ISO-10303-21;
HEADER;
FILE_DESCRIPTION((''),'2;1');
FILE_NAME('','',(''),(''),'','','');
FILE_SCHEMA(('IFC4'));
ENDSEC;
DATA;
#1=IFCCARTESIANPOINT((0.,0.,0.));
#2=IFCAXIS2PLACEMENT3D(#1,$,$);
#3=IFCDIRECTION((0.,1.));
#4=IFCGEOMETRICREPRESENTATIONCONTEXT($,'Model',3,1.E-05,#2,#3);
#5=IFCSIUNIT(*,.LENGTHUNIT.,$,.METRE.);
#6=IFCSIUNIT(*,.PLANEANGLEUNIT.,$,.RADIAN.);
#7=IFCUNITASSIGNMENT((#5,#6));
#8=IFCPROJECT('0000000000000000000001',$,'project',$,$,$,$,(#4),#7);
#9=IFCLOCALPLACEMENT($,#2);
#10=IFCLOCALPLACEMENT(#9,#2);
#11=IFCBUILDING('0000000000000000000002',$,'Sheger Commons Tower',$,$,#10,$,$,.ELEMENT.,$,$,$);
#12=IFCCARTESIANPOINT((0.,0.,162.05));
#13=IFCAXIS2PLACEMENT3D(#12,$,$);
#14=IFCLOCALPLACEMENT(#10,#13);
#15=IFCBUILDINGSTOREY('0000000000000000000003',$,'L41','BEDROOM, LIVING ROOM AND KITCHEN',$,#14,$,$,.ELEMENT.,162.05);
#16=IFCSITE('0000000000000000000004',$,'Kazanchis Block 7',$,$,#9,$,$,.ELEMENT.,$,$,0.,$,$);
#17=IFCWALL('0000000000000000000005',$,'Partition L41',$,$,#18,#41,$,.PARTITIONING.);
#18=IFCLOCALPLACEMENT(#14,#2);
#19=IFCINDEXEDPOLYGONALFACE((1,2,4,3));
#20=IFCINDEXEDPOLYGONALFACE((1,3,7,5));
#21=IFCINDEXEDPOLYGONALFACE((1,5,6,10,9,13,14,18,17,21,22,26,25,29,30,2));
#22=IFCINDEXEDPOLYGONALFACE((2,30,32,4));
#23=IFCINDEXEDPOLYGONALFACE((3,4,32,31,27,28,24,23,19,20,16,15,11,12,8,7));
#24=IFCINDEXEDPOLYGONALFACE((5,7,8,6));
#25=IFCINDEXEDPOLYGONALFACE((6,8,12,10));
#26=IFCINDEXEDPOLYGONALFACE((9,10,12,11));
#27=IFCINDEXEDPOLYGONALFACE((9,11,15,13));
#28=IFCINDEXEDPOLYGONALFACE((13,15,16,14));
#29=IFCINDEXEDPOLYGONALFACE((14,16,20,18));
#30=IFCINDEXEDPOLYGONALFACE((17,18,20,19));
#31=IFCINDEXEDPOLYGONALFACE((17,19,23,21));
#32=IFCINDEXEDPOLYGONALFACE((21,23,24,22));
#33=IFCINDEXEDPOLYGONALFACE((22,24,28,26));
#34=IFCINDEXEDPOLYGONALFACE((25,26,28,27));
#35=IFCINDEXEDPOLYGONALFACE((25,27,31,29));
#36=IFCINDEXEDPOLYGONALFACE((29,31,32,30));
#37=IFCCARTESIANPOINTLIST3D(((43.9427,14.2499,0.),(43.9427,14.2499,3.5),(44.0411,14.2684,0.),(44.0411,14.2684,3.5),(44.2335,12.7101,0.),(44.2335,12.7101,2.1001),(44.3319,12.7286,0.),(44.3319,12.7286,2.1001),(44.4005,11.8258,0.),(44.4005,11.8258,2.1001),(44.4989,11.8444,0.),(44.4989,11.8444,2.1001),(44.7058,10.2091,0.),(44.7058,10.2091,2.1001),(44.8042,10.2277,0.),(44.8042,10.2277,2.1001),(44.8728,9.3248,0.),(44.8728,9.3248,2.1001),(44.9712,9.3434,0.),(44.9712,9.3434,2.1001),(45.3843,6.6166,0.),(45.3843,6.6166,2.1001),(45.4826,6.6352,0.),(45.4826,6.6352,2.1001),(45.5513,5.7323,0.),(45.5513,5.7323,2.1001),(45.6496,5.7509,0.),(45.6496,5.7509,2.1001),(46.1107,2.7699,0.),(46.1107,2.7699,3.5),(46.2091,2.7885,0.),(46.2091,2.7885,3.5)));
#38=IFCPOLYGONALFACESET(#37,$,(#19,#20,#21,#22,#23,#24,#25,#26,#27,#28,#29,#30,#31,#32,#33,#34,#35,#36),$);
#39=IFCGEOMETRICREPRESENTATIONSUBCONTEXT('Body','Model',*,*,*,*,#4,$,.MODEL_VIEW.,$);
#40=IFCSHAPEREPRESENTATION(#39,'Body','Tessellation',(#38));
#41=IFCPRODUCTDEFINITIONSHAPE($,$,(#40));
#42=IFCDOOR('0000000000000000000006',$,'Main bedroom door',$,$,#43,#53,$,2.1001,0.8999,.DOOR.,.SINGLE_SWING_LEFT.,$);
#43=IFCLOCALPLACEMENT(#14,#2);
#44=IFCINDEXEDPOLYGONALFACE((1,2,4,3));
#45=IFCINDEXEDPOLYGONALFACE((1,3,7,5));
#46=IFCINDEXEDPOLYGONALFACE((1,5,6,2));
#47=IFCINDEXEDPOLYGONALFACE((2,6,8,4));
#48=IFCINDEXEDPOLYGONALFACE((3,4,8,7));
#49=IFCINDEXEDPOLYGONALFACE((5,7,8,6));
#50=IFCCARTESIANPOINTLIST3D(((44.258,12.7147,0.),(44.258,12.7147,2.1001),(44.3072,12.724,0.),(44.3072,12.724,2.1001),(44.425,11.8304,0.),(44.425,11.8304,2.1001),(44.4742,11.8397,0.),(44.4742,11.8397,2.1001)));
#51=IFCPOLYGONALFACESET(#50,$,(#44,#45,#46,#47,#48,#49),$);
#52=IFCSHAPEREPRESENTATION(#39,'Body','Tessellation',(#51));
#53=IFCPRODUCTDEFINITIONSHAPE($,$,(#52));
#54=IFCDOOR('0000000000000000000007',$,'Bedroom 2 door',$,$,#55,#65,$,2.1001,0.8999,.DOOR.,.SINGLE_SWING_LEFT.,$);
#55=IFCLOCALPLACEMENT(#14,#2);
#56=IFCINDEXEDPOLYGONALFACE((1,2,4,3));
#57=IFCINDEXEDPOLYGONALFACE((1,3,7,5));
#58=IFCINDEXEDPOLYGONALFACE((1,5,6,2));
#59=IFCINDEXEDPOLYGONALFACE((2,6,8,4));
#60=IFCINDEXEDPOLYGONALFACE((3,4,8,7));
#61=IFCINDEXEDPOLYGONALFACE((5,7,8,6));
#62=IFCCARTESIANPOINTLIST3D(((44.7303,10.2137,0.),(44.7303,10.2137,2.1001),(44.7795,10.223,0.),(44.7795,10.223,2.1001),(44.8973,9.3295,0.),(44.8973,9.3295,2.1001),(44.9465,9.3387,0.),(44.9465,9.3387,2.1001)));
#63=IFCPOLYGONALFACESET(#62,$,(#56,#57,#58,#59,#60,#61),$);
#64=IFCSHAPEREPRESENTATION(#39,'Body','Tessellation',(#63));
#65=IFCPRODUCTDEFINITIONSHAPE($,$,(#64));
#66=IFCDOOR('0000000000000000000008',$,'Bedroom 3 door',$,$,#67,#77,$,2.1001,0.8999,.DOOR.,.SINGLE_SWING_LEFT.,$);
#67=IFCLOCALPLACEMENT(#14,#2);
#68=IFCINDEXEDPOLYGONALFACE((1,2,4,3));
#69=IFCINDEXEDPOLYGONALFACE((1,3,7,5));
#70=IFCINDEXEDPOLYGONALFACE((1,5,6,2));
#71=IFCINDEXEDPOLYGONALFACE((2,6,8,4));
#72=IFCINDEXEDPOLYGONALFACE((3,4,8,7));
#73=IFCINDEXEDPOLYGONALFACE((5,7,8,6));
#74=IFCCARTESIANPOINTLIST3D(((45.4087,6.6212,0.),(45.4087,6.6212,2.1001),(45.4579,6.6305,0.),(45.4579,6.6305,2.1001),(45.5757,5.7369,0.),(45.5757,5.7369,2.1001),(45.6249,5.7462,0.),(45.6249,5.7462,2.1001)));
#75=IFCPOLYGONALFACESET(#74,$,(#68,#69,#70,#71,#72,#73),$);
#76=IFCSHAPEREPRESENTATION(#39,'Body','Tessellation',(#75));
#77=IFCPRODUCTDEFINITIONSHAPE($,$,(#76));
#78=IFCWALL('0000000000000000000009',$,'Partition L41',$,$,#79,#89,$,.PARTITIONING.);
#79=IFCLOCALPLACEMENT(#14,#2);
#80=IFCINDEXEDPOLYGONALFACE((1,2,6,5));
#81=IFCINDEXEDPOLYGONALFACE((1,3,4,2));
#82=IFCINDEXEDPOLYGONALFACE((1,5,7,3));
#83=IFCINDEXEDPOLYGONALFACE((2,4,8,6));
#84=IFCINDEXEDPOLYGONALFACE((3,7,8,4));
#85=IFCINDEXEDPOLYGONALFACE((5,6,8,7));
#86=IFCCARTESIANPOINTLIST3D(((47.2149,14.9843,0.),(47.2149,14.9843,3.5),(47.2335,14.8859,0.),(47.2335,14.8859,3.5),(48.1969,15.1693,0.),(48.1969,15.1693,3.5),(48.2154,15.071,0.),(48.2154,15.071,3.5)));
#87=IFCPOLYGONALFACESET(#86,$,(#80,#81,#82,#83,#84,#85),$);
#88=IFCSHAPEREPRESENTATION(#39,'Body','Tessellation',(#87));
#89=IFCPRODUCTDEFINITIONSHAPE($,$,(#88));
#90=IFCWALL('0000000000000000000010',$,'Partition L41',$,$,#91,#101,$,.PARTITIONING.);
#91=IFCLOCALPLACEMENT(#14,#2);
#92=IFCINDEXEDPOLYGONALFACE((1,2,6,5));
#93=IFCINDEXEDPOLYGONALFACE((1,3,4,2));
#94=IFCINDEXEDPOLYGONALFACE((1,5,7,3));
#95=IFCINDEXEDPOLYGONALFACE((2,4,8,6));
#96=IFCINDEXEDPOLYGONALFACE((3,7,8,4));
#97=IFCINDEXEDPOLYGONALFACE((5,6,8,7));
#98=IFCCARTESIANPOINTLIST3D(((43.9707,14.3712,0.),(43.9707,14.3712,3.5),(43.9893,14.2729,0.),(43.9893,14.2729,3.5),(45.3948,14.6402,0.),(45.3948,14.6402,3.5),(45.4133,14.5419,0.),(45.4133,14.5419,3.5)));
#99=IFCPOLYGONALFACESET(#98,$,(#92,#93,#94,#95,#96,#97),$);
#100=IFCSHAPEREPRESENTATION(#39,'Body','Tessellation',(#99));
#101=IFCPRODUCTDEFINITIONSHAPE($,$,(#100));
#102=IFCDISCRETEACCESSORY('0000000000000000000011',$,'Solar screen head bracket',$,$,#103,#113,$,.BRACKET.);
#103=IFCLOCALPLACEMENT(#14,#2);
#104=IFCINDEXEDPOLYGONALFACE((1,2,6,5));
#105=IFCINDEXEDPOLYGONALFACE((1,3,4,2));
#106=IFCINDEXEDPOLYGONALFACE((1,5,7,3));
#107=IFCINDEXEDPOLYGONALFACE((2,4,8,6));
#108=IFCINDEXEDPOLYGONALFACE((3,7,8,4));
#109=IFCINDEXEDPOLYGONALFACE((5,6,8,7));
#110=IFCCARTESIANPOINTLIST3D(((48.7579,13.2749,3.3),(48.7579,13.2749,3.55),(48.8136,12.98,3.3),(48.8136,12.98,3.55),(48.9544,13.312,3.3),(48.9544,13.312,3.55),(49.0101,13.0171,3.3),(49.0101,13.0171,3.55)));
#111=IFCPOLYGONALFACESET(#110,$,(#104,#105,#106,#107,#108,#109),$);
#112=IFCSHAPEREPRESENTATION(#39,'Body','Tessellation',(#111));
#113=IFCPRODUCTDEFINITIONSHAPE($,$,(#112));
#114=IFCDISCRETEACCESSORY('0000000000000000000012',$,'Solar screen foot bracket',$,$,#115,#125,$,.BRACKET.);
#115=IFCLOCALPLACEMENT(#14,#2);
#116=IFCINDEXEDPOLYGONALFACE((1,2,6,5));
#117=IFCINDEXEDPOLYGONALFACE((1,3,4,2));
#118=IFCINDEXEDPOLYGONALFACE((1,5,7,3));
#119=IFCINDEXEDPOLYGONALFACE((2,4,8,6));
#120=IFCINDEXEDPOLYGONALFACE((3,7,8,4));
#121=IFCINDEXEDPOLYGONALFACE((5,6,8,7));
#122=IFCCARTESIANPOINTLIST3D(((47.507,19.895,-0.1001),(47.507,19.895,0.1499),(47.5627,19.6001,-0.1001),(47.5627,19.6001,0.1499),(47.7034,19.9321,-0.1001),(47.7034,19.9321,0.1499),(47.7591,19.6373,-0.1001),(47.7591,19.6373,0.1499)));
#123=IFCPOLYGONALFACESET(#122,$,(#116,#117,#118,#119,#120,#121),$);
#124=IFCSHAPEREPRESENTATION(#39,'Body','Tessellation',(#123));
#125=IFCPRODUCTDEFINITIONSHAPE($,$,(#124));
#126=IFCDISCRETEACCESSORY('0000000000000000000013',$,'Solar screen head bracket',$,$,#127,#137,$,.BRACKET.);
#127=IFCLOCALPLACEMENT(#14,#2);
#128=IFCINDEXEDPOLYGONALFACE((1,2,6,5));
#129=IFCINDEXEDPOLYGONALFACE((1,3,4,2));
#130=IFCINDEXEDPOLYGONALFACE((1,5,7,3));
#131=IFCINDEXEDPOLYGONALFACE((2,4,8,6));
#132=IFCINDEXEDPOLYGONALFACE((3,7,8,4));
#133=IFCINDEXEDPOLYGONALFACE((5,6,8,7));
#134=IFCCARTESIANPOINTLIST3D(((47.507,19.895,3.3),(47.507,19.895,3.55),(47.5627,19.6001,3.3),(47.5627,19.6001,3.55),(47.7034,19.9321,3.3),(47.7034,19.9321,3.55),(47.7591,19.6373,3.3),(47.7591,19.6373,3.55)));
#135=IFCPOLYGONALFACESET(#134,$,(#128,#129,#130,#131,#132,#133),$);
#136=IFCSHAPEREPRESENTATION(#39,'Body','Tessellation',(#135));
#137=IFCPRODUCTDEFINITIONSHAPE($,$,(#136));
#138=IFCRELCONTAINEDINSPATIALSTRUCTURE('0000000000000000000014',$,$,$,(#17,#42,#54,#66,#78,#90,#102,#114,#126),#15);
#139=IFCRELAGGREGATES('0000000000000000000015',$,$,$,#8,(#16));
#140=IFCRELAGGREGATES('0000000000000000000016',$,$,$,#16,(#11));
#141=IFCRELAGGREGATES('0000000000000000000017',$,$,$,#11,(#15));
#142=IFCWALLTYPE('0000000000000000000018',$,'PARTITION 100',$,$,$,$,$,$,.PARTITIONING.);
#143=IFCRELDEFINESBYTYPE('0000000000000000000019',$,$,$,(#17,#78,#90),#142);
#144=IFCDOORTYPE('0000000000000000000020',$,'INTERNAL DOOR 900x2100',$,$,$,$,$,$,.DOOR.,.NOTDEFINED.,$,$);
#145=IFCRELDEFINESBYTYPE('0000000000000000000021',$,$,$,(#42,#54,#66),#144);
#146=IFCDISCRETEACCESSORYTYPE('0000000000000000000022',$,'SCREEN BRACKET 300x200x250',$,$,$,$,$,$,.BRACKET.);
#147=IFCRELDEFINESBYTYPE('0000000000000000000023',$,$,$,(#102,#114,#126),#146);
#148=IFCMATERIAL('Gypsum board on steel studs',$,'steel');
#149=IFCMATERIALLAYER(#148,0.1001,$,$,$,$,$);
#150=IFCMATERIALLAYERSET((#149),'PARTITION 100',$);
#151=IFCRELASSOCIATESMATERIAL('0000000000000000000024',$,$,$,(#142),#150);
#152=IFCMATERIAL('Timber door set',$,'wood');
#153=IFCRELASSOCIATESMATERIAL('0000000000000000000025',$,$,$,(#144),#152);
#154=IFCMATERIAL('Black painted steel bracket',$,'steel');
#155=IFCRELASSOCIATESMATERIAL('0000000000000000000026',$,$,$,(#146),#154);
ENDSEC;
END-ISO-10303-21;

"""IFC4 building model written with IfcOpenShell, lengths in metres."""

from ifc_helpers import new_model, si_unit, direction, frame, frame_2d, origin, origin_2d, place, context, subcontext, project, spatial, rectangle, extrude, material, layer, layer_set, type_object, element, fill, save


model = new_model("IFC4")

# Units and contexts
model_context = context("Model", 3, precision=1e-05, world=origin(), true_north=direction((0.0, 1.0)))
body_context = subcontext(model_context, "Body", "Model", "MODEL_VIEW")
ifc_project = project(units=[si_unit("LENGTHUNIT", "METRE"), si_unit("PLANEANGLEUNIT", "RADIAN")], contexts=[model_context])

# Site, building, storey
site_placement = place(None, origin())
site = spatial("IfcSite", under=ifc_project, at=site_placement, Name="Kazanchis Block 7", CompositionType="ELEMENT", RefElevation=0.0)
building_placement = place(site_placement, origin())
building = spatial("IfcBuilding", under=site, at=building_placement, Name="Sheger Commons Tower", CompositionType="ELEMENT")
storey_placement = place(building_placement, frame((0.0, 0.0, 162.05)))
storey = spatial("IfcBuildingStorey", under=building, at=storey_placement, Name="L41", Description="BEDROOM, LIVING ROOM AND KITCHEN", CompositionType="ELEMENT", Elevation=162.05)

# Shared definitions
ifc_material_1 = material(Name="Gypsum board on steel studs", Category="steel")
ifc_layer_1 = layer(ifc_material_1, 0.1001)
ifc_layer_set_1 = layer_set([ifc_layer_1], Name="PARTITION 100")
wall_type_1 = type_object("IfcWallType", Name="PARTITION 100", PredefinedType="PARTITIONING", material=ifc_layer_set_1)

# Wall, openings, doors
wall_1_placement = place(storey_placement, frame((43.9919, 14.259, 0.0), z_axis=(0.0, 0.0, 1.0), x_axis=(0.185568, -0.982631, 0.0)))
wall_1 = element("IfcWall", 1, at=wall_1_placement, inside=storey, type_object=wall_type_1, Name="Partition L41", PredefinedType="PARTITIONING", context=body_context, shape_type="SweptSolid", body=[
    extrude(rectangle(XDim=11.6829, YDim=0.1001, at=frame_2d((5.8413, 0.0))), origin(), (0.0, 0.0, 1.0), 3.5),
])
opening_1_placement = place(wall_1_placement, frame((1.5669, 0.0, 0.0)))
opening_1 = element("IfcOpeningElement", 2, at=opening_1_placement, cuts=wall_1, PredefinedType="OPENING", context=body_context, shape_type="SweptSolid", body=[
    extrude(rectangle(XDim=0.8999, YDim=2.1001, at=frame_2d((0.45, 1.05))), frame((0.0, 0.0601, 0.0), z_axis=(0.0, -1.0, 0.0), x_axis=(1.0, 0.0, 0.0)), (0.0, 0.0, 1.0), 0.1201),
])
opening_2_placement = place(wall_1_placement, frame((4.1121, 0.0, 0.0)))
opening_2 = element("IfcOpeningElement", 3, at=opening_2_placement, cuts=wall_1, PredefinedType="OPENING", context=body_context, shape_type="SweptSolid", body=[
    extrude(rectangle(XDim=0.8999, YDim=2.1001, at=frame_2d((0.45, 1.05))), frame((0.0, 0.0601, 0.0), z_axis=(0.0, -1.0, 0.0), x_axis=(1.0, 0.0, 0.0)), (0.0, 0.0, 1.0), 0.1201),
])
opening_3_placement = place(wall_1_placement, frame((7.7681, 0.0, 0.0)))
opening_3 = element("IfcOpeningElement", 4, at=opening_3_placement, cuts=wall_1, PredefinedType="OPENING", context=body_context, shape_type="SweptSolid", body=[
    extrude(rectangle(XDim=0.8999, YDim=2.1001, at=frame_2d((0.45, 1.05))), frame((0.0, 0.0601, 0.0), z_axis=(0.0, -1.0, 0.0), x_axis=(1.0, 0.0, 0.0)), (0.0, 0.0, 1.0), 0.1201),
])
ifc_material_2 = material(Name="Timber door set", Category="wood")
door_type = type_object("IfcDoorType", Name="INTERNAL DOOR 900x2100", OperationType="NOTDEFINED", PredefinedType="DOOR", material=ifc_material_2)
door_1_placement = place(opening_1_placement, origin())
door_1 = element("IfcDoor", 5, at=door_1_placement, inside=storey, type_object=door_type, Name="Main bedroom door", OperationType="SINGLE_SWING_LEFT", OverallHeight=2.1001, OverallWidth=0.8999, PredefinedType="DOOR", context=body_context, shape_type="SweptSolid", body=[
    extrude(rectangle(XDim=0.8999, YDim=2.1001, at=frame_2d((0.45, 1.05))), frame((0.0, 0.0249, 0.0), z_axis=(0.0, -1.0, 0.0), x_axis=(1.0, 0.0, 0.0)), (0.0, 0.0, 1.0), 0.05),
])
fill(opening_1, door_1)
door_2_placement = place(opening_2_placement, origin())
door_2 = element("IfcDoor", 6, at=door_2_placement, inside=storey, type_object=door_type, Name="Bedroom 2 door", OperationType="SINGLE_SWING_LEFT", OverallHeight=2.1001, OverallWidth=0.8999, PredefinedType="DOOR", context=body_context, shape_type="SweptSolid", body=[
    extrude(rectangle(XDim=0.8999, YDim=2.1001, at=frame_2d((0.45, 1.05))), frame((0.0, 0.0249, 0.0), z_axis=(0.0, -1.0, 0.0), x_axis=(1.0, 0.0, 0.0)), (0.0, 0.0, 1.0), 0.05),
])
fill(opening_2, door_2)
door_3_placement = place(opening_3_placement, origin())
door_3 = element("IfcDoor", 7, at=door_3_placement, inside=storey, type_object=door_type, Name="Bedroom 3 door", OperationType="SINGLE_SWING_LEFT", OverallHeight=2.1001, OverallWidth=0.8999, PredefinedType="DOOR", context=body_context, shape_type="SweptSolid", body=[
    extrude(rectangle(XDim=0.8999, YDim=2.1001, at=frame_2d((0.45, 1.05))), frame((0.0, 0.0249, 0.0), z_axis=(0.0, -1.0, 0.0), x_axis=(1.0, 0.0, 0.0)), (0.0, 0.0, 1.0), 0.05),
])
fill(opening_3, door_3)

# Walls
wall_2_placement = place(storey_placement, frame((48.2061, 15.1201, 0.0), z_axis=(0.0, 0.0, 1.0), x_axis=(-0.9827, -0.185203, 0.0)))
element("IfcWall", 8, at=wall_2_placement, inside=storey, type_object=wall_type_1, Name="Partition L41", PredefinedType="PARTITIONING", context=body_context, shape_type="SweptSolid", body=[
    extrude(rectangle(XDim=0.9993, YDim=0.1001, at=frame_2d((0.4995, 0.0))), origin(), (0.0, 0.0, 1.0), 3.5),
])
wall_3_placement = place(storey_placement, frame((45.4041, 14.5911, 0.0), z_axis=(0.0, 0.0, 1.0), x_axis=(-0.982618, -0.185641, 0.0)))
element("IfcWall", 9, at=wall_3_placement, inside=storey, type_object=wall_type_1, Name="Partition L41", PredefinedType="PARTITIONING", context=body_context, shape_type="SweptSolid", body=[
    extrude(rectangle(XDim=1.4492, YDim=0.1001, at=frame_2d((0.7246, 0.0))), origin(), (0.0, 0.0, 1.0), 3.5),
])

# Discrete accessories
ifc_material_3 = material(Name="Black painted steel bracket", Category="steel")
discrete_accessory_type = type_object("IfcDiscreteAccessoryType", Name="SCREEN BRACKET 300x200x250", PredefinedType="BRACKET", material=ifc_material_3)
for number, where, z_axis, x_axis, name in (
    (10, (48.884, 13.146, 3.3), (0.0, 0.0, 1.0), (-0.185615, 0.982623, 0.0), "Solar screen head bracket"),
    (11, (47.6331, 19.7661, -0.1001), (0.0, 0.0, 1.0), (-0.185615, 0.982623, 0.0), "Solar screen foot bracket"),
    (12, (47.6331, 19.7661, 3.3), (0.0, 0.0, 1.0), (-0.185615, 0.982623, 0.0), "Solar screen head bracket"),
):
    element("IfcDiscreteAccessory", number, at=place(storey_placement, frame(where, z_axis=z_axis, x_axis=x_axis)), inside=storey, type_object=discrete_accessory_type, Name=name, PredefinedType="BRACKET", context=body_context, shape_type="SweptSolid", body=[
        extrude(rectangle(XDim=0.3, YDim=0.2, at=origin_2d()), origin(), (0.0, 0.0, 1.0), 0.25),
    ])

save(model, "model.ifc")
